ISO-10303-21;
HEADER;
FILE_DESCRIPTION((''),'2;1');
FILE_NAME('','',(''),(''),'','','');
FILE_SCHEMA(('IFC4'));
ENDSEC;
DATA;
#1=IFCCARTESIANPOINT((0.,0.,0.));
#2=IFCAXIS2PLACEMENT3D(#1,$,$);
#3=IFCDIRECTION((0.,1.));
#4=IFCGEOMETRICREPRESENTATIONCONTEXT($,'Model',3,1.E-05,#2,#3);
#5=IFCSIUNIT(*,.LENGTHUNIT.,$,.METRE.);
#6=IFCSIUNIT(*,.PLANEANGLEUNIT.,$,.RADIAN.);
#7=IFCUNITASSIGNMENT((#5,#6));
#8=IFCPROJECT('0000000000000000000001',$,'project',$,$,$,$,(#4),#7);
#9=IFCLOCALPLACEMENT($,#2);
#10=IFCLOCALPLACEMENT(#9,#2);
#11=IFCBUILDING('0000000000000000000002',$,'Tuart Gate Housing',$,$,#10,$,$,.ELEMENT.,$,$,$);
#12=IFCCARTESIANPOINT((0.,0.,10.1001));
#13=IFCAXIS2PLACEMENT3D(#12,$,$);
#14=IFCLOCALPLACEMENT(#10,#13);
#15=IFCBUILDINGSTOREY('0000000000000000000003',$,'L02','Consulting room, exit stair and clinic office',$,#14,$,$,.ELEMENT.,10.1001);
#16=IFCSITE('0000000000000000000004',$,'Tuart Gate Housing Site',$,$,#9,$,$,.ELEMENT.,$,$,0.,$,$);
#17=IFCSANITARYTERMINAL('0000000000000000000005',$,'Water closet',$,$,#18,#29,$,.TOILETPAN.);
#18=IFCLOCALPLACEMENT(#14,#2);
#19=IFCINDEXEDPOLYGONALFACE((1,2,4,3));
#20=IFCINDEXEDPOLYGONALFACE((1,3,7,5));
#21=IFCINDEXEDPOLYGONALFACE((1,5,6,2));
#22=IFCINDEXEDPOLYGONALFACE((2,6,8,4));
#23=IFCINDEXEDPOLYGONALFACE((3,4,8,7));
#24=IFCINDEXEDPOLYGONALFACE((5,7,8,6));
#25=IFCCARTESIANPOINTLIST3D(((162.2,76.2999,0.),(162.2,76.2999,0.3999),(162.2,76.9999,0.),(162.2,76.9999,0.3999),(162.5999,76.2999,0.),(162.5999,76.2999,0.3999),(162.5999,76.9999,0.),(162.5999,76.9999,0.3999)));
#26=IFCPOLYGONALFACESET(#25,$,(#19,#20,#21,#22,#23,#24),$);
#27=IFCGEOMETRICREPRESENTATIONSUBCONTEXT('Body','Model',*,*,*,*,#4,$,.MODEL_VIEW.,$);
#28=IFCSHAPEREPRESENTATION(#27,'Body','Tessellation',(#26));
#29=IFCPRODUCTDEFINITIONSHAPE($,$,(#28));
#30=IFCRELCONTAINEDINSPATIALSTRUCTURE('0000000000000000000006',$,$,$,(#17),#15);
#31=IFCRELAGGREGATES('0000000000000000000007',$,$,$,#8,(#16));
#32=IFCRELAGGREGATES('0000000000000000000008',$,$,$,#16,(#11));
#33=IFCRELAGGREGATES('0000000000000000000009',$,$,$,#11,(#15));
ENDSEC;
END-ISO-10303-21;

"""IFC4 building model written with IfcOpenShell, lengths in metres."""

from ifc_helpers import new_model, si_unit, direction, frame, origin, origin_2d, place, context, subcontext, project, spatial, rectangle, extrude, element, save


model = new_model("IFC4")

# Units and contexts
model_context = context("Model", 3, precision=1e-05, world=origin(), true_north=direction((0.0, 1.0)))
body_context = subcontext(model_context, "Body", "Model", "MODEL_VIEW")
ifc_project = project(units=[si_unit("LENGTHUNIT", "METRE"), si_unit("PLANEANGLEUNIT", "RADIAN")], contexts=[model_context])

# Site, building, storey
site_placement = place(None, origin())
site = spatial("IfcSite", under=ifc_project, at=site_placement, Name="Tuart Gate Housing Site", CompositionType="ELEMENT", RefElevation=0.0)
building_placement = place(site_placement, origin())
building = spatial("IfcBuilding", under=site, at=building_placement, Name="Tuart Gate Housing", CompositionType="ELEMENT")
storey_placement = place(building_placement, frame((0.0, 0.0, 10.1001)))
storey = spatial("IfcBuildingStorey", under=building, at=storey_placement, Name="L02", Description="Consulting room, exit stair and clinic office", CompositionType="ELEMENT", Elevation=10.1001)

# Sanitary terminal
sanitary_terminal_placement = place(storey_placement, frame((162.3999, 76.6499, 0.0), z_axis=(0.0, 0.0, 1.0), x_axis=(1.0, 0.0, 0.0)))
element("IfcSanitaryTerminal", 1, at=sanitary_terminal_placement, inside=storey, Name="Water closet", PredefinedType="TOILETPAN", context=body_context, shape_type="SweptSolid", body=[
    extrude(rectangle(XDim=0.3999, YDim=0.7, at=origin_2d()), origin(), (0.0, 0.0, 1.0), 0.3999),
])

save(model, "model.ifc")
